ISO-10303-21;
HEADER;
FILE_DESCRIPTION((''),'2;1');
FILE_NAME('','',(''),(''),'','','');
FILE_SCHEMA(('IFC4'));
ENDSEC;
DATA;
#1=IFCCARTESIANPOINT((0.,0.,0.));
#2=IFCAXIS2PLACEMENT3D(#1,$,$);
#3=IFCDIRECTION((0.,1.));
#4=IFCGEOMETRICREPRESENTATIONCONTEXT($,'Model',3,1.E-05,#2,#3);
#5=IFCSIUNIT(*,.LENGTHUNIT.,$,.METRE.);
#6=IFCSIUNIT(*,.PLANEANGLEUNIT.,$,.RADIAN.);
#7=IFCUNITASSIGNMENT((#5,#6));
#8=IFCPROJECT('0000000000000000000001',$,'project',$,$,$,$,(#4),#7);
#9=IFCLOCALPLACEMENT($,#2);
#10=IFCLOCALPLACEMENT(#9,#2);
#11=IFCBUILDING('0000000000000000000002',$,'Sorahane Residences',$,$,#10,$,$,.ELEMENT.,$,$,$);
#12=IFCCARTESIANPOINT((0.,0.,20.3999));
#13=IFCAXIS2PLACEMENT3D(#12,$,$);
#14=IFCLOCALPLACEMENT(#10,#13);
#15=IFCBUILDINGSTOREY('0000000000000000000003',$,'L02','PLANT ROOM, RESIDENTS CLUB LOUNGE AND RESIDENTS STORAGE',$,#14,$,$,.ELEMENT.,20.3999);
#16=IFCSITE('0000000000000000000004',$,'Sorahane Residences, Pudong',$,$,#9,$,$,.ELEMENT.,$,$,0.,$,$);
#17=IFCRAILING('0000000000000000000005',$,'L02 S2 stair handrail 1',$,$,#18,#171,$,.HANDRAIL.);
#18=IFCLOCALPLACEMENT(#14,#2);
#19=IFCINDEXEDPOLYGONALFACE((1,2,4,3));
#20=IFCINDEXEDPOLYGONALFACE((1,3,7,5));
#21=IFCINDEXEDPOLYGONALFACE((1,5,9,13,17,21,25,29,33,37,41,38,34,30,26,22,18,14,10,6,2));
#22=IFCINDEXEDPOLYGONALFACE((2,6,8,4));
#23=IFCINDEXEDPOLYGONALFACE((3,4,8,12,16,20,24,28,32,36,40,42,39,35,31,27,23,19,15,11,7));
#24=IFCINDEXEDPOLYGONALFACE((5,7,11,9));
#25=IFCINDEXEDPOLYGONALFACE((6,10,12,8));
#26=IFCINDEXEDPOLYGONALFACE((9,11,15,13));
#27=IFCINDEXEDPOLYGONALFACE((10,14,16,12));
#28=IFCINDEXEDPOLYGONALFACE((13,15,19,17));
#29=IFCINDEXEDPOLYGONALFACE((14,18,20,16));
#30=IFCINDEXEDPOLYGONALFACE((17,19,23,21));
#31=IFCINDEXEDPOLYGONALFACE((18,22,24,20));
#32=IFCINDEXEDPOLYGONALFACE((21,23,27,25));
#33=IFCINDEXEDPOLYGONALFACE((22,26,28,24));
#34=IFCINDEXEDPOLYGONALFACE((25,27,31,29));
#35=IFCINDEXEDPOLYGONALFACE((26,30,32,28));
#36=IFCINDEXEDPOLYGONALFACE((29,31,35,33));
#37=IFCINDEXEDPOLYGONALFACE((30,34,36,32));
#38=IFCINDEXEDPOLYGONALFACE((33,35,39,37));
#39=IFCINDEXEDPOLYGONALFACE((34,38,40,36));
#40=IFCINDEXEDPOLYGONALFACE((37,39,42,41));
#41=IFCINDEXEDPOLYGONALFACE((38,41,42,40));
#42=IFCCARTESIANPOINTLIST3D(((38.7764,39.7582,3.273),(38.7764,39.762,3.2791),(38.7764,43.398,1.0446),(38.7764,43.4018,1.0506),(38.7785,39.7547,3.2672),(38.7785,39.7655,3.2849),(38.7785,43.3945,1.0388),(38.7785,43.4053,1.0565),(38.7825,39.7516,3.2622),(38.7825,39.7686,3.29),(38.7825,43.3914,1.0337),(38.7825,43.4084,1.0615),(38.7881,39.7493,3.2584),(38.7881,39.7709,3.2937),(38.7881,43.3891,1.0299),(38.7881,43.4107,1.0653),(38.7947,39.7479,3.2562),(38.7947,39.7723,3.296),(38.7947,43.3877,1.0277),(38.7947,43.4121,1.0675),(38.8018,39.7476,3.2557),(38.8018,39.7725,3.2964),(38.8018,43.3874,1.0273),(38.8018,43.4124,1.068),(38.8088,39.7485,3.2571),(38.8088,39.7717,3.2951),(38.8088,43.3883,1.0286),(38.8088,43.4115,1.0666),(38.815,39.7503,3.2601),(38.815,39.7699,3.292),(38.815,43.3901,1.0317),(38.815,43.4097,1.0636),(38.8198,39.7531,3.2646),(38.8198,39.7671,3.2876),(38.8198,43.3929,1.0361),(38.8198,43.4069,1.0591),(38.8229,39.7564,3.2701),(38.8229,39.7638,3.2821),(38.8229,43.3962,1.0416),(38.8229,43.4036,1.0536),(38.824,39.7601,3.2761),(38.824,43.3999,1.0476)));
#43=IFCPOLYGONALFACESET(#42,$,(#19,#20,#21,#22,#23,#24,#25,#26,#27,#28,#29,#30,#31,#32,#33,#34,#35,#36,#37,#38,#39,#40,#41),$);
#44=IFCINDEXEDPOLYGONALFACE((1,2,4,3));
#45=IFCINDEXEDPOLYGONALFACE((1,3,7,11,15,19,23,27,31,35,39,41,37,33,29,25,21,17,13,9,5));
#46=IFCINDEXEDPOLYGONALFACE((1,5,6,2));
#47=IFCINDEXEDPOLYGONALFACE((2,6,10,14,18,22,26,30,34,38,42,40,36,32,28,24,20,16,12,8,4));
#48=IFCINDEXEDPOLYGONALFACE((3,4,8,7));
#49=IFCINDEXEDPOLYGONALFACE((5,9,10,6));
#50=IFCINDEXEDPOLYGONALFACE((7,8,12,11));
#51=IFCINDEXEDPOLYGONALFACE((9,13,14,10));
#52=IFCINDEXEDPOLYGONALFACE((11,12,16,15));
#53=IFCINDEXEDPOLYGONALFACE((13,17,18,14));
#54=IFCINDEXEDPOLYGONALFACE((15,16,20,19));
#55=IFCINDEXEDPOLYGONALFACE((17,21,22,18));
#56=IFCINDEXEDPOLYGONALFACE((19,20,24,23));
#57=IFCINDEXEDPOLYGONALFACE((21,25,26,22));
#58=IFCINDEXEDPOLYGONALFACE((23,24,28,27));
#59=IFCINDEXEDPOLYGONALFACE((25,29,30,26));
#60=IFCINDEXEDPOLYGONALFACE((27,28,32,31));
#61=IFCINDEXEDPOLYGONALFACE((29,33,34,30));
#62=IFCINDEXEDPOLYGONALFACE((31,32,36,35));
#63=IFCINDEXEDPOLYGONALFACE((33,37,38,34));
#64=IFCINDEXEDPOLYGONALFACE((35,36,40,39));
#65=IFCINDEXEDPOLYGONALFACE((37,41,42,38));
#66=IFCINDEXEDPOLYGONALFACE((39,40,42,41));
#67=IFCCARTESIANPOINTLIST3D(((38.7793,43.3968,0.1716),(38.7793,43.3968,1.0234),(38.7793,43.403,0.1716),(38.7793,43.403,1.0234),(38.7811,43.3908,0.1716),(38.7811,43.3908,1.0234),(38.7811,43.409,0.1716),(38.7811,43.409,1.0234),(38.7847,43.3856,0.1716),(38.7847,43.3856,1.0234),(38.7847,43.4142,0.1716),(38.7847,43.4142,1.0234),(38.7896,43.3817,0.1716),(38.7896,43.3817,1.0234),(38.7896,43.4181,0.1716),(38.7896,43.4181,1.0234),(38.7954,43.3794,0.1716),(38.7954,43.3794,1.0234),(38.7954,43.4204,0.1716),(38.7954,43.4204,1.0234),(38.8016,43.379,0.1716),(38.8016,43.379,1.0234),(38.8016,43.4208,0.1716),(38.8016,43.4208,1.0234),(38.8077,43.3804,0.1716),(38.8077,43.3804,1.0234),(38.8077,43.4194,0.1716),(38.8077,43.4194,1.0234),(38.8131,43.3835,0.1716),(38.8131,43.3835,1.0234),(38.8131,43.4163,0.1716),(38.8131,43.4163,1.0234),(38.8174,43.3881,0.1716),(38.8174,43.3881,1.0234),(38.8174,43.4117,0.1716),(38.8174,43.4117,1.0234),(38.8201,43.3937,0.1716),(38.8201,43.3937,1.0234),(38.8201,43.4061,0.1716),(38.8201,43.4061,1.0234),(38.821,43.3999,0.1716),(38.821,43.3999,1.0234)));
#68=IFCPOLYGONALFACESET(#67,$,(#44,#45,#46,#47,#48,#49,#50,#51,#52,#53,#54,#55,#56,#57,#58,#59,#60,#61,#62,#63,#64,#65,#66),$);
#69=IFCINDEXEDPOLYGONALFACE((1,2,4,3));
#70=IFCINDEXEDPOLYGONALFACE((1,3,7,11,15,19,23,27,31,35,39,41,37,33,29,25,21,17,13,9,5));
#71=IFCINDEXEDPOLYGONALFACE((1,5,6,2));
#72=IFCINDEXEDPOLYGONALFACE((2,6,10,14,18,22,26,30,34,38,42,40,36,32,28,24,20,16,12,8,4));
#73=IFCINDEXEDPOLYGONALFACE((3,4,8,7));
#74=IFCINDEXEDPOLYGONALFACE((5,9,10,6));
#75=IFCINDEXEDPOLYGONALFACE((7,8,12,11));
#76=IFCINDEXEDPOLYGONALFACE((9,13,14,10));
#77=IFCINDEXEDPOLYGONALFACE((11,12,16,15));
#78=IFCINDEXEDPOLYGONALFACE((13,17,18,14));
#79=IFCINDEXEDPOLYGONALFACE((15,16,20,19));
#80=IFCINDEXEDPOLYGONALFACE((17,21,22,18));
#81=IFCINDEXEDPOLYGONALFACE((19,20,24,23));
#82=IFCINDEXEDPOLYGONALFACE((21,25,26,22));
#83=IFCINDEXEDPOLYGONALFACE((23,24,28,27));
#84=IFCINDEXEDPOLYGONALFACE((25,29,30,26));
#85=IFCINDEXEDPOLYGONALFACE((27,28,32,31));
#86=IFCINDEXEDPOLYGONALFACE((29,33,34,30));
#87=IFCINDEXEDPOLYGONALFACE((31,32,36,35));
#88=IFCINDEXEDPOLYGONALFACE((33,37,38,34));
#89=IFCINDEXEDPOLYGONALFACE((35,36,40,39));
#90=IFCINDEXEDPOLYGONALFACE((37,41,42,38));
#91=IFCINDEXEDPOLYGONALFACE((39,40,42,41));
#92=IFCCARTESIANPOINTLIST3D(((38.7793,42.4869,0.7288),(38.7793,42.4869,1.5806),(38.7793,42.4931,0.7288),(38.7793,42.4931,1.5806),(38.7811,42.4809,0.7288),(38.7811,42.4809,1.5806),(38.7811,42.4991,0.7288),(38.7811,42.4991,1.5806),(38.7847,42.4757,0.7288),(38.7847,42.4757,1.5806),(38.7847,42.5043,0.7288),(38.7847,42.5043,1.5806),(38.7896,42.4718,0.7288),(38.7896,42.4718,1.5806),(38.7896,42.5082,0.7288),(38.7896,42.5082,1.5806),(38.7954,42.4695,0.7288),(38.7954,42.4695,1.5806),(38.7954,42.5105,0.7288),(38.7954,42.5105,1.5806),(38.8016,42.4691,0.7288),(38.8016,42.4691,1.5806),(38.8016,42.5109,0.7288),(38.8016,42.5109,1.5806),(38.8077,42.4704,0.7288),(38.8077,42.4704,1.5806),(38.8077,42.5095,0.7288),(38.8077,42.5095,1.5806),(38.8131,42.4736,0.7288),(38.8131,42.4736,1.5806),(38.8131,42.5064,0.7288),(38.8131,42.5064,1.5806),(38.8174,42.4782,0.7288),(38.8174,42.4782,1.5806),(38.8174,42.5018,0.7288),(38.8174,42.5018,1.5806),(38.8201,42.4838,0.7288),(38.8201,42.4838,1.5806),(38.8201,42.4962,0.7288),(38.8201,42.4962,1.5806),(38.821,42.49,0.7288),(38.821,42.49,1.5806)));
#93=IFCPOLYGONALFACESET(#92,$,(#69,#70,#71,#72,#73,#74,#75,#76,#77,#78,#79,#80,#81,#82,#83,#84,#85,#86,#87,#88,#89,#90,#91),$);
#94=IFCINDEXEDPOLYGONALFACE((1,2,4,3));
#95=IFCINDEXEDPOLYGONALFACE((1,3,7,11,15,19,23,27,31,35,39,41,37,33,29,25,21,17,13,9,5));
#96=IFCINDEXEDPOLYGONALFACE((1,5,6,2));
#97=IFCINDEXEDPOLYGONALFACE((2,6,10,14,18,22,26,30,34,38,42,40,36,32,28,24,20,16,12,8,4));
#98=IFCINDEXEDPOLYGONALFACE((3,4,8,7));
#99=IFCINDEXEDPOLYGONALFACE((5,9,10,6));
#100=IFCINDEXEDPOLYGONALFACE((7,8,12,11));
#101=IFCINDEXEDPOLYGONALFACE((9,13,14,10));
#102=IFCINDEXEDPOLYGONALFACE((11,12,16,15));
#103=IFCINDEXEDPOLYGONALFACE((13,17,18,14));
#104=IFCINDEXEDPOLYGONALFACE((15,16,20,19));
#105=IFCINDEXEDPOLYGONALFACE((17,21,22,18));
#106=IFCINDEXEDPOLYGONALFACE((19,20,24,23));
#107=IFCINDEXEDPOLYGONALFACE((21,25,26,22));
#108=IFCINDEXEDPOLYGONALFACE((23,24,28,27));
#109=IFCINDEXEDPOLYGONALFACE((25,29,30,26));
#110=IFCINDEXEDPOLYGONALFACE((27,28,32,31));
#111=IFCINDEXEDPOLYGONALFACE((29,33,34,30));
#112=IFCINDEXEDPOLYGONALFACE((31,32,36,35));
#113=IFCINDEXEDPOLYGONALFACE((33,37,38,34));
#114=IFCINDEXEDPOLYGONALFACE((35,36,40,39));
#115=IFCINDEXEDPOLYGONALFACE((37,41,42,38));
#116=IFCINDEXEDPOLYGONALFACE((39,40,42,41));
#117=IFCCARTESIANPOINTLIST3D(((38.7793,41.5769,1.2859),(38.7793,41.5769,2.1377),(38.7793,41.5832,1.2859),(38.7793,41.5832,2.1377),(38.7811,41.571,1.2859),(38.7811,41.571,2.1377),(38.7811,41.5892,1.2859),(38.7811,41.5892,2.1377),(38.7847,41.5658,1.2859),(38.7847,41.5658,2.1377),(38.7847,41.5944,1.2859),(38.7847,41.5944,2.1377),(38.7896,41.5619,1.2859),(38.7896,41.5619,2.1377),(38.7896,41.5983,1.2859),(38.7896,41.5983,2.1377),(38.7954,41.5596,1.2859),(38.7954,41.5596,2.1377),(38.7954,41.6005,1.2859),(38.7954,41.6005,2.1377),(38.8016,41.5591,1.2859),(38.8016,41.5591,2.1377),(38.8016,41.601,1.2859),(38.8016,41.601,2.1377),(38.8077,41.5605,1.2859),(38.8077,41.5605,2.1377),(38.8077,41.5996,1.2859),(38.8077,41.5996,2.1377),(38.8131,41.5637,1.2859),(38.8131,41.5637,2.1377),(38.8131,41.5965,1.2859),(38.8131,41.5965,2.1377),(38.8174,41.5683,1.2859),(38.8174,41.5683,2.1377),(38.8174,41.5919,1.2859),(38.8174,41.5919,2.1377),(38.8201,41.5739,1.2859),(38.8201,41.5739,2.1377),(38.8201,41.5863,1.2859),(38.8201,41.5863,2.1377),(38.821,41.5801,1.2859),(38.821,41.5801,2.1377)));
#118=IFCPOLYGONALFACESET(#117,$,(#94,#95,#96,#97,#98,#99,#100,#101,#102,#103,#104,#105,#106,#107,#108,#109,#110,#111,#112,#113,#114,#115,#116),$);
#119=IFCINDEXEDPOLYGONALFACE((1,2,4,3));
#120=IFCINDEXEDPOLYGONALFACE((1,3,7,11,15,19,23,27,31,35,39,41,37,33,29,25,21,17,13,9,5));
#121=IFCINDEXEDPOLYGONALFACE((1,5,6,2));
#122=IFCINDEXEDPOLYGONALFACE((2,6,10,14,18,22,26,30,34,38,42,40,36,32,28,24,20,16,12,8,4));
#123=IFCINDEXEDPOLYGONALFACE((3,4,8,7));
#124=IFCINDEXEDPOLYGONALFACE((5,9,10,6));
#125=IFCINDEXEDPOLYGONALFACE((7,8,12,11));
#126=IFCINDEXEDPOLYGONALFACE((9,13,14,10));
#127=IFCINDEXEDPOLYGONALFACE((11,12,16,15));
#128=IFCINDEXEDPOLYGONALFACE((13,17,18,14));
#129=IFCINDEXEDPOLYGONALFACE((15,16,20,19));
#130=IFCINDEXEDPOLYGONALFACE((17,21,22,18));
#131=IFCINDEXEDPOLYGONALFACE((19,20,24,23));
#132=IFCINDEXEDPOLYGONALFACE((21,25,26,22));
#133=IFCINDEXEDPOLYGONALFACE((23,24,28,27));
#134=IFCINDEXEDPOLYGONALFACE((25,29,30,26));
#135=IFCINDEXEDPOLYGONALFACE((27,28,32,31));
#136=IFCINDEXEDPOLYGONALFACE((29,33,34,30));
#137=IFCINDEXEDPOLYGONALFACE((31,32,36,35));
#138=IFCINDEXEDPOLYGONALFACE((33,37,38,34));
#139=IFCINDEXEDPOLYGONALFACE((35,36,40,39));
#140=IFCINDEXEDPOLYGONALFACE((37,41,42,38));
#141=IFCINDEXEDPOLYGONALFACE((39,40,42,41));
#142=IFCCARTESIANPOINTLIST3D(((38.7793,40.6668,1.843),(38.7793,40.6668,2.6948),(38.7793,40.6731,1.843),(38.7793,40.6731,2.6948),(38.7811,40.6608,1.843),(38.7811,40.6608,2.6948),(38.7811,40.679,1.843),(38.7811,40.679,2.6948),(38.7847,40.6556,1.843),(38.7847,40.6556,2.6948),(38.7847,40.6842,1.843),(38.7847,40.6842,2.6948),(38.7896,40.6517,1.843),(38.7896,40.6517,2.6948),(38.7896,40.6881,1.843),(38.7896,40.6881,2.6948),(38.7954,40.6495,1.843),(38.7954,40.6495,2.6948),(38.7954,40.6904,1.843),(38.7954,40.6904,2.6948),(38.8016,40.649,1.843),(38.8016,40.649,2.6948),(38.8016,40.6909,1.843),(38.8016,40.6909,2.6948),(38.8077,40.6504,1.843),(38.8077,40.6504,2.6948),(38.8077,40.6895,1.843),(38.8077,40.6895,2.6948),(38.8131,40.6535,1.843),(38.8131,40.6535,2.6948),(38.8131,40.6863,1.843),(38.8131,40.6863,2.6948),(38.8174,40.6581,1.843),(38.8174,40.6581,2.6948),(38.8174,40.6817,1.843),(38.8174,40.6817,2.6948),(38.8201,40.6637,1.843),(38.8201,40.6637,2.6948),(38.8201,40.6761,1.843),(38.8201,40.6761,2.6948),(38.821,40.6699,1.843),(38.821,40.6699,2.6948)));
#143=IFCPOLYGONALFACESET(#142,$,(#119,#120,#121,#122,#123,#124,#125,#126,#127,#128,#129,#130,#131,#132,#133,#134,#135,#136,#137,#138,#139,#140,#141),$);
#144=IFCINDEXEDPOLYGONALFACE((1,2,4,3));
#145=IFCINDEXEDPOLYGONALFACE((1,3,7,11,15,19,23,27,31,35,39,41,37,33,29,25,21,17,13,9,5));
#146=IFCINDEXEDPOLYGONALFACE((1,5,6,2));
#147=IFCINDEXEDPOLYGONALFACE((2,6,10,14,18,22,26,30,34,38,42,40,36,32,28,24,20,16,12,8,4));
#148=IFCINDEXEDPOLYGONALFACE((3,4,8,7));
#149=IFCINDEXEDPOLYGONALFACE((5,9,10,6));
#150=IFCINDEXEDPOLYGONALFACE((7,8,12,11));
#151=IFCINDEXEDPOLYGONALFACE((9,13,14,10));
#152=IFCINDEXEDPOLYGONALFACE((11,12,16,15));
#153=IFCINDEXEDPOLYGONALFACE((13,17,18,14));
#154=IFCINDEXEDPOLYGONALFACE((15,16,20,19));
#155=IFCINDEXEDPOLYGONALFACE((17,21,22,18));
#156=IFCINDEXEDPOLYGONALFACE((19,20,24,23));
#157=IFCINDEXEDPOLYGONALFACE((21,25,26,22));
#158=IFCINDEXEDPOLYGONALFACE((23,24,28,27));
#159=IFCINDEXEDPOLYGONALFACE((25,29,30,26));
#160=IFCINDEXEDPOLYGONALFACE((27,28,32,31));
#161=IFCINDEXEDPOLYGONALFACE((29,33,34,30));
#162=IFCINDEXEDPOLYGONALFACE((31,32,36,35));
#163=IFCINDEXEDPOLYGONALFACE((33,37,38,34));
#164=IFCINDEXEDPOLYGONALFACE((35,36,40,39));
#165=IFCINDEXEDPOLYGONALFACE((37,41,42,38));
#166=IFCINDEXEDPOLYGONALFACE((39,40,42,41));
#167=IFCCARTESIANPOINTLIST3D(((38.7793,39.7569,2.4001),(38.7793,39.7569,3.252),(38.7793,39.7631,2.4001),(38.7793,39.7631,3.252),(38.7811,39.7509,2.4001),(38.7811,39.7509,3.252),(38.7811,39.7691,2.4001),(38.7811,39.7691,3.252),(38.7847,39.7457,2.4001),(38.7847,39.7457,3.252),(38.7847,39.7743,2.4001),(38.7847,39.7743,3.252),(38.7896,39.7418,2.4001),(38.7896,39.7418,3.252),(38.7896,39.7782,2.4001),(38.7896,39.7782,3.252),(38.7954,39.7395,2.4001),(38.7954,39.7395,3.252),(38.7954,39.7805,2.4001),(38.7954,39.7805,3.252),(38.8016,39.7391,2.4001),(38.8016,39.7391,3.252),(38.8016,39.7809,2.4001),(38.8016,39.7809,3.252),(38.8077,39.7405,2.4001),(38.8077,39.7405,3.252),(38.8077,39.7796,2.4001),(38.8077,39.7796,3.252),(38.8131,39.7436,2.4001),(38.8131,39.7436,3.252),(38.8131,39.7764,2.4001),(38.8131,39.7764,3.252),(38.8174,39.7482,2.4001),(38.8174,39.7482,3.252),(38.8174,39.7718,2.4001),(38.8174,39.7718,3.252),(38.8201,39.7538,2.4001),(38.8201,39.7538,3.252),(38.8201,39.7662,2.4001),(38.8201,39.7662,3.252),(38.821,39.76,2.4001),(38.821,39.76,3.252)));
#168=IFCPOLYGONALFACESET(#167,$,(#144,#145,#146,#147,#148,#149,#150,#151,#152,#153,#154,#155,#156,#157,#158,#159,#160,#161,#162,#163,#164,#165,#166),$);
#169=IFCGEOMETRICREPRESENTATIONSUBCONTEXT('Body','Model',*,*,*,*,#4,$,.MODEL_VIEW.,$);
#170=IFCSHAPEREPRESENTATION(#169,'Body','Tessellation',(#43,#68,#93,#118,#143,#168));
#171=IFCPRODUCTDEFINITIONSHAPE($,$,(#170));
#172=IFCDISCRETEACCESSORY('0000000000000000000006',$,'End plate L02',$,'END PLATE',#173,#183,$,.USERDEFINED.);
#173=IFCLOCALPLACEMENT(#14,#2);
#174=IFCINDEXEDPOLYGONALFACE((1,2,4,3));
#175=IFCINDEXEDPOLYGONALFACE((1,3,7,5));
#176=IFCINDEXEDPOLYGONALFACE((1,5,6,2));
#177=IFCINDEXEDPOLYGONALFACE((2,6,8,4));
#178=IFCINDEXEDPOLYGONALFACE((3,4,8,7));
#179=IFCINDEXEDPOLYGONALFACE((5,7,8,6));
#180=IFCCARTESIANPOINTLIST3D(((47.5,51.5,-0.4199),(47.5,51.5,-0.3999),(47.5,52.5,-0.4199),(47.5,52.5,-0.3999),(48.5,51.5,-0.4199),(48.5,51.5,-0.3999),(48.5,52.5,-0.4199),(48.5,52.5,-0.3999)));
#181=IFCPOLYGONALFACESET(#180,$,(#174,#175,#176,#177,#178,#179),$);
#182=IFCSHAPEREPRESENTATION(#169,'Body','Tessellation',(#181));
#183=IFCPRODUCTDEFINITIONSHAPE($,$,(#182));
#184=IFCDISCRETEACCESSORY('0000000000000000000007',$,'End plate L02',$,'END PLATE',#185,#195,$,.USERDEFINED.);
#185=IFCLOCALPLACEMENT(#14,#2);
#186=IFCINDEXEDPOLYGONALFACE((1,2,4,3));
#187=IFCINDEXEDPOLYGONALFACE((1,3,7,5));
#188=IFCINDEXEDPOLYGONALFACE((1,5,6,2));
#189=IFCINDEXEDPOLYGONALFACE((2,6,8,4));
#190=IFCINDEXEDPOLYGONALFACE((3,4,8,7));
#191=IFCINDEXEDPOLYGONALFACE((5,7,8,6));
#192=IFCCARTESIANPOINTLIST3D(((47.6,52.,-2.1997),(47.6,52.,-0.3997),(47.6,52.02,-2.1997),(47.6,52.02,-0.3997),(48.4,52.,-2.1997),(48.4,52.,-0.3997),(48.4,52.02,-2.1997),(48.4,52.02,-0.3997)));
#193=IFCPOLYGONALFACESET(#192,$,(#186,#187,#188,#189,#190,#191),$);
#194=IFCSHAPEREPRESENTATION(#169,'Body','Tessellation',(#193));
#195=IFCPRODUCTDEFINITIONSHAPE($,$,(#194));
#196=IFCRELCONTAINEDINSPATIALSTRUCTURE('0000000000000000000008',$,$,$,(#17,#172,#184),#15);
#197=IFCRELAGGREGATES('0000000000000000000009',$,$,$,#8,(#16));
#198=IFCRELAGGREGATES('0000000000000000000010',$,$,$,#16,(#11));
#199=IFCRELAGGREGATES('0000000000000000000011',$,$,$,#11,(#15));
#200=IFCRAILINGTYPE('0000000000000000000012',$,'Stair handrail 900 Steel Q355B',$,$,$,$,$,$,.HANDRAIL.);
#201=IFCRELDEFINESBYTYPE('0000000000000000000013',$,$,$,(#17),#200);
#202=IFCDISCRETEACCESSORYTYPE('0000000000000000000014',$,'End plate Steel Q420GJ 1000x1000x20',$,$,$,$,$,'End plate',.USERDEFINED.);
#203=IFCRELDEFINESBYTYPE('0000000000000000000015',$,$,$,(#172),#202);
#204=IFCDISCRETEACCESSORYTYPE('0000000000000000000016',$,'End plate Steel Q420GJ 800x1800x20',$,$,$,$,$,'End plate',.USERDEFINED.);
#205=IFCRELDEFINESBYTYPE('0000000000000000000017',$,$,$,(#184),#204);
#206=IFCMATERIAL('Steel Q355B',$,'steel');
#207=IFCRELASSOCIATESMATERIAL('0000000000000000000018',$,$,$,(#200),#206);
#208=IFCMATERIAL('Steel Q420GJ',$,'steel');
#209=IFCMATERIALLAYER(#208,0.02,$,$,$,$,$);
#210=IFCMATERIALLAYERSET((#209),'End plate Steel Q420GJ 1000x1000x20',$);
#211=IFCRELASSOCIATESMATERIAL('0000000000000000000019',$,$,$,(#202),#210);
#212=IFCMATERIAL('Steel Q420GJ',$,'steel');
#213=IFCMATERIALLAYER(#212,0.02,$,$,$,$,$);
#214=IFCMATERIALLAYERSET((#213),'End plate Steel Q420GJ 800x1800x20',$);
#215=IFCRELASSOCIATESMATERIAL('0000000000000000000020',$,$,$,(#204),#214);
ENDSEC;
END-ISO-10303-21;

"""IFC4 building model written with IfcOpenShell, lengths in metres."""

from ifc_helpers import new_model, si_unit, direction, frame, origin, origin_2d, place, context, subcontext, project, spatial, rectangle, circle, extrude, material, layer, layer_set, type_object, element, save


model = new_model("IFC4")

# Units and contexts
model_context = context("Model", 3, precision=1e-05, world=origin(), true_north=direction((0.0, 1.0)))
body_context = subcontext(model_context, "Body", "Model", "MODEL_VIEW")
ifc_project = project(units=[si_unit("LENGTHUNIT", "METRE"), si_unit("PLANEANGLEUNIT", "RADIAN")], contexts=[model_context])

# Site, building, storey
site_placement = place(None, origin())
site = spatial("IfcSite", under=ifc_project, at=site_placement, Name="Sorahane Residences, Pudong", CompositionType="ELEMENT", RefElevation=0.0)
building_placement = place(site_placement, origin())
building = spatial("IfcBuilding", under=site, at=building_placement, Name="Sorahane Residences", CompositionType="ELEMENT")
storey_placement = place(building_placement, frame((0.0, 0.0, 20.3999)))
storey = spatial("IfcBuildingStorey", under=building, at=storey_placement, Name="L02", Description="PLANT ROOM, RESIDENTS CLUB LOUNGE AND RESIDENTS STORAGE", CompositionType="ELEMENT", Elevation=20.3999)

# Railing
ifc_material_1 = material(Name="Steel Q355B", Category="steel")
railing_type_1 = type_object("IfcRailingType", Name="Stair handrail 900 Steel Q355B", PredefinedType="HANDRAIL", material=ifc_material_1)
railing_1_placement = place(storey_placement, frame((38.8, 43.3999, 0.1716)))
element("IfcRailing", 1, at=railing_1_placement, inside=storey, type_object=railing_type_1, Name="L02 S2 stair handrail 1", PredefinedType="HANDRAIL", context=body_context, shape_type="SweptSolid", body=[
    extrude(circle(Radius=0.0239, at=origin_2d()), frame((0.0, 0.0, 0.876), z_axis=(0.0, -0.85285, 0.522156), x_axis=(1.0, 0.0, 0.0)), (0.0, 0.0, 1.0), 4.2678),
    extrude(circle(Radius=0.021, at=origin_2d()), origin(), (0.0, 0.0, 1.0), 0.8518),
    extrude(circle(Radius=0.021, at=origin_2d()), frame((0.0, -0.9099, 0.5571)), (0.0, 0.0, 1.0), 0.8518),
    extrude(circle(Radius=0.021, at=origin_2d()), frame((0.0, -1.8198, 1.1143)), (0.0, 0.0, 1.0), 0.8518),
    extrude(circle(Radius=0.021, at=origin_2d()), frame((0.0, -2.73, 1.6714)), (0.0, 0.0, 1.0), 0.8518),
    extrude(circle(Radius=0.021, at=origin_2d()), frame((0.0, -3.6399, 2.2285)), (0.0, 0.0, 1.0), 0.8518),
])

# Discrete accessories
ifc_material_2 = material(Name="Steel Q420GJ", Category="steel")
ifc_layer_1 = layer(ifc_material_2, 0.02)
ifc_layer_set_1 = layer_set([ifc_layer_1], Name="End plate Steel Q420GJ 1000x1000x20")
discrete_accessory_type_1 = type_object("IfcDiscreteAccessoryType", Name="End plate Steel Q420GJ 1000x1000x20", ElementType="End plate", PredefinedType="USERDEFINED", material=ifc_layer_set_1)
discrete_accessory_1_placement = place(storey_placement, frame((48.0, 52.0, -0.4199), z_axis=(0.0, 0.0, 1.0), x_axis=(1.0, 0.0, 0.0)))
element("IfcDiscreteAccessory", 2, at=discrete_accessory_1_placement, inside=storey, type_object=discrete_accessory_type_1, Name="End plate L02", ObjectType="END PLATE", PredefinedType="USERDEFINED", context=body_context, shape_type="SweptSolid", body=[
    extrude(rectangle(XDim=1.0, YDim=1.0, at=origin_2d()), origin(), (0.0, 0.0, 1.0), 0.02),
])
ifc_material_3 = material(Name="Steel Q420GJ", Category="steel")
ifc_layer_2 = layer(ifc_material_3, 0.02)
ifc_layer_set_2 = layer_set([ifc_layer_2], Name="End plate Steel Q420GJ 800x1800x20")
discrete_accessory_type_2 = type_object("IfcDiscreteAccessoryType", Name="End plate Steel Q420GJ 800x1800x20", ElementType="End plate", PredefinedType="USERDEFINED", material=ifc_layer_set_2)
discrete_accessory_2_placement = place(storey_placement, frame((48.0, 52.01, -2.1997), z_axis=(0.0, 0.0, 1.0), x_axis=(0.0, 1.0, 0.0)))
element("IfcDiscreteAccessory", 3, at=discrete_accessory_2_placement, inside=storey, type_object=discrete_accessory_type_2, Name="End plate L02", ObjectType="END PLATE", PredefinedType="USERDEFINED", context=body_context, shape_type="SweptSolid", body=[
    extrude(rectangle(XDim=0.02, YDim=0.8, at=origin_2d()), origin(), (0.0, 0.0, 1.0), 1.8),
])

save(model, "model.ifc")
